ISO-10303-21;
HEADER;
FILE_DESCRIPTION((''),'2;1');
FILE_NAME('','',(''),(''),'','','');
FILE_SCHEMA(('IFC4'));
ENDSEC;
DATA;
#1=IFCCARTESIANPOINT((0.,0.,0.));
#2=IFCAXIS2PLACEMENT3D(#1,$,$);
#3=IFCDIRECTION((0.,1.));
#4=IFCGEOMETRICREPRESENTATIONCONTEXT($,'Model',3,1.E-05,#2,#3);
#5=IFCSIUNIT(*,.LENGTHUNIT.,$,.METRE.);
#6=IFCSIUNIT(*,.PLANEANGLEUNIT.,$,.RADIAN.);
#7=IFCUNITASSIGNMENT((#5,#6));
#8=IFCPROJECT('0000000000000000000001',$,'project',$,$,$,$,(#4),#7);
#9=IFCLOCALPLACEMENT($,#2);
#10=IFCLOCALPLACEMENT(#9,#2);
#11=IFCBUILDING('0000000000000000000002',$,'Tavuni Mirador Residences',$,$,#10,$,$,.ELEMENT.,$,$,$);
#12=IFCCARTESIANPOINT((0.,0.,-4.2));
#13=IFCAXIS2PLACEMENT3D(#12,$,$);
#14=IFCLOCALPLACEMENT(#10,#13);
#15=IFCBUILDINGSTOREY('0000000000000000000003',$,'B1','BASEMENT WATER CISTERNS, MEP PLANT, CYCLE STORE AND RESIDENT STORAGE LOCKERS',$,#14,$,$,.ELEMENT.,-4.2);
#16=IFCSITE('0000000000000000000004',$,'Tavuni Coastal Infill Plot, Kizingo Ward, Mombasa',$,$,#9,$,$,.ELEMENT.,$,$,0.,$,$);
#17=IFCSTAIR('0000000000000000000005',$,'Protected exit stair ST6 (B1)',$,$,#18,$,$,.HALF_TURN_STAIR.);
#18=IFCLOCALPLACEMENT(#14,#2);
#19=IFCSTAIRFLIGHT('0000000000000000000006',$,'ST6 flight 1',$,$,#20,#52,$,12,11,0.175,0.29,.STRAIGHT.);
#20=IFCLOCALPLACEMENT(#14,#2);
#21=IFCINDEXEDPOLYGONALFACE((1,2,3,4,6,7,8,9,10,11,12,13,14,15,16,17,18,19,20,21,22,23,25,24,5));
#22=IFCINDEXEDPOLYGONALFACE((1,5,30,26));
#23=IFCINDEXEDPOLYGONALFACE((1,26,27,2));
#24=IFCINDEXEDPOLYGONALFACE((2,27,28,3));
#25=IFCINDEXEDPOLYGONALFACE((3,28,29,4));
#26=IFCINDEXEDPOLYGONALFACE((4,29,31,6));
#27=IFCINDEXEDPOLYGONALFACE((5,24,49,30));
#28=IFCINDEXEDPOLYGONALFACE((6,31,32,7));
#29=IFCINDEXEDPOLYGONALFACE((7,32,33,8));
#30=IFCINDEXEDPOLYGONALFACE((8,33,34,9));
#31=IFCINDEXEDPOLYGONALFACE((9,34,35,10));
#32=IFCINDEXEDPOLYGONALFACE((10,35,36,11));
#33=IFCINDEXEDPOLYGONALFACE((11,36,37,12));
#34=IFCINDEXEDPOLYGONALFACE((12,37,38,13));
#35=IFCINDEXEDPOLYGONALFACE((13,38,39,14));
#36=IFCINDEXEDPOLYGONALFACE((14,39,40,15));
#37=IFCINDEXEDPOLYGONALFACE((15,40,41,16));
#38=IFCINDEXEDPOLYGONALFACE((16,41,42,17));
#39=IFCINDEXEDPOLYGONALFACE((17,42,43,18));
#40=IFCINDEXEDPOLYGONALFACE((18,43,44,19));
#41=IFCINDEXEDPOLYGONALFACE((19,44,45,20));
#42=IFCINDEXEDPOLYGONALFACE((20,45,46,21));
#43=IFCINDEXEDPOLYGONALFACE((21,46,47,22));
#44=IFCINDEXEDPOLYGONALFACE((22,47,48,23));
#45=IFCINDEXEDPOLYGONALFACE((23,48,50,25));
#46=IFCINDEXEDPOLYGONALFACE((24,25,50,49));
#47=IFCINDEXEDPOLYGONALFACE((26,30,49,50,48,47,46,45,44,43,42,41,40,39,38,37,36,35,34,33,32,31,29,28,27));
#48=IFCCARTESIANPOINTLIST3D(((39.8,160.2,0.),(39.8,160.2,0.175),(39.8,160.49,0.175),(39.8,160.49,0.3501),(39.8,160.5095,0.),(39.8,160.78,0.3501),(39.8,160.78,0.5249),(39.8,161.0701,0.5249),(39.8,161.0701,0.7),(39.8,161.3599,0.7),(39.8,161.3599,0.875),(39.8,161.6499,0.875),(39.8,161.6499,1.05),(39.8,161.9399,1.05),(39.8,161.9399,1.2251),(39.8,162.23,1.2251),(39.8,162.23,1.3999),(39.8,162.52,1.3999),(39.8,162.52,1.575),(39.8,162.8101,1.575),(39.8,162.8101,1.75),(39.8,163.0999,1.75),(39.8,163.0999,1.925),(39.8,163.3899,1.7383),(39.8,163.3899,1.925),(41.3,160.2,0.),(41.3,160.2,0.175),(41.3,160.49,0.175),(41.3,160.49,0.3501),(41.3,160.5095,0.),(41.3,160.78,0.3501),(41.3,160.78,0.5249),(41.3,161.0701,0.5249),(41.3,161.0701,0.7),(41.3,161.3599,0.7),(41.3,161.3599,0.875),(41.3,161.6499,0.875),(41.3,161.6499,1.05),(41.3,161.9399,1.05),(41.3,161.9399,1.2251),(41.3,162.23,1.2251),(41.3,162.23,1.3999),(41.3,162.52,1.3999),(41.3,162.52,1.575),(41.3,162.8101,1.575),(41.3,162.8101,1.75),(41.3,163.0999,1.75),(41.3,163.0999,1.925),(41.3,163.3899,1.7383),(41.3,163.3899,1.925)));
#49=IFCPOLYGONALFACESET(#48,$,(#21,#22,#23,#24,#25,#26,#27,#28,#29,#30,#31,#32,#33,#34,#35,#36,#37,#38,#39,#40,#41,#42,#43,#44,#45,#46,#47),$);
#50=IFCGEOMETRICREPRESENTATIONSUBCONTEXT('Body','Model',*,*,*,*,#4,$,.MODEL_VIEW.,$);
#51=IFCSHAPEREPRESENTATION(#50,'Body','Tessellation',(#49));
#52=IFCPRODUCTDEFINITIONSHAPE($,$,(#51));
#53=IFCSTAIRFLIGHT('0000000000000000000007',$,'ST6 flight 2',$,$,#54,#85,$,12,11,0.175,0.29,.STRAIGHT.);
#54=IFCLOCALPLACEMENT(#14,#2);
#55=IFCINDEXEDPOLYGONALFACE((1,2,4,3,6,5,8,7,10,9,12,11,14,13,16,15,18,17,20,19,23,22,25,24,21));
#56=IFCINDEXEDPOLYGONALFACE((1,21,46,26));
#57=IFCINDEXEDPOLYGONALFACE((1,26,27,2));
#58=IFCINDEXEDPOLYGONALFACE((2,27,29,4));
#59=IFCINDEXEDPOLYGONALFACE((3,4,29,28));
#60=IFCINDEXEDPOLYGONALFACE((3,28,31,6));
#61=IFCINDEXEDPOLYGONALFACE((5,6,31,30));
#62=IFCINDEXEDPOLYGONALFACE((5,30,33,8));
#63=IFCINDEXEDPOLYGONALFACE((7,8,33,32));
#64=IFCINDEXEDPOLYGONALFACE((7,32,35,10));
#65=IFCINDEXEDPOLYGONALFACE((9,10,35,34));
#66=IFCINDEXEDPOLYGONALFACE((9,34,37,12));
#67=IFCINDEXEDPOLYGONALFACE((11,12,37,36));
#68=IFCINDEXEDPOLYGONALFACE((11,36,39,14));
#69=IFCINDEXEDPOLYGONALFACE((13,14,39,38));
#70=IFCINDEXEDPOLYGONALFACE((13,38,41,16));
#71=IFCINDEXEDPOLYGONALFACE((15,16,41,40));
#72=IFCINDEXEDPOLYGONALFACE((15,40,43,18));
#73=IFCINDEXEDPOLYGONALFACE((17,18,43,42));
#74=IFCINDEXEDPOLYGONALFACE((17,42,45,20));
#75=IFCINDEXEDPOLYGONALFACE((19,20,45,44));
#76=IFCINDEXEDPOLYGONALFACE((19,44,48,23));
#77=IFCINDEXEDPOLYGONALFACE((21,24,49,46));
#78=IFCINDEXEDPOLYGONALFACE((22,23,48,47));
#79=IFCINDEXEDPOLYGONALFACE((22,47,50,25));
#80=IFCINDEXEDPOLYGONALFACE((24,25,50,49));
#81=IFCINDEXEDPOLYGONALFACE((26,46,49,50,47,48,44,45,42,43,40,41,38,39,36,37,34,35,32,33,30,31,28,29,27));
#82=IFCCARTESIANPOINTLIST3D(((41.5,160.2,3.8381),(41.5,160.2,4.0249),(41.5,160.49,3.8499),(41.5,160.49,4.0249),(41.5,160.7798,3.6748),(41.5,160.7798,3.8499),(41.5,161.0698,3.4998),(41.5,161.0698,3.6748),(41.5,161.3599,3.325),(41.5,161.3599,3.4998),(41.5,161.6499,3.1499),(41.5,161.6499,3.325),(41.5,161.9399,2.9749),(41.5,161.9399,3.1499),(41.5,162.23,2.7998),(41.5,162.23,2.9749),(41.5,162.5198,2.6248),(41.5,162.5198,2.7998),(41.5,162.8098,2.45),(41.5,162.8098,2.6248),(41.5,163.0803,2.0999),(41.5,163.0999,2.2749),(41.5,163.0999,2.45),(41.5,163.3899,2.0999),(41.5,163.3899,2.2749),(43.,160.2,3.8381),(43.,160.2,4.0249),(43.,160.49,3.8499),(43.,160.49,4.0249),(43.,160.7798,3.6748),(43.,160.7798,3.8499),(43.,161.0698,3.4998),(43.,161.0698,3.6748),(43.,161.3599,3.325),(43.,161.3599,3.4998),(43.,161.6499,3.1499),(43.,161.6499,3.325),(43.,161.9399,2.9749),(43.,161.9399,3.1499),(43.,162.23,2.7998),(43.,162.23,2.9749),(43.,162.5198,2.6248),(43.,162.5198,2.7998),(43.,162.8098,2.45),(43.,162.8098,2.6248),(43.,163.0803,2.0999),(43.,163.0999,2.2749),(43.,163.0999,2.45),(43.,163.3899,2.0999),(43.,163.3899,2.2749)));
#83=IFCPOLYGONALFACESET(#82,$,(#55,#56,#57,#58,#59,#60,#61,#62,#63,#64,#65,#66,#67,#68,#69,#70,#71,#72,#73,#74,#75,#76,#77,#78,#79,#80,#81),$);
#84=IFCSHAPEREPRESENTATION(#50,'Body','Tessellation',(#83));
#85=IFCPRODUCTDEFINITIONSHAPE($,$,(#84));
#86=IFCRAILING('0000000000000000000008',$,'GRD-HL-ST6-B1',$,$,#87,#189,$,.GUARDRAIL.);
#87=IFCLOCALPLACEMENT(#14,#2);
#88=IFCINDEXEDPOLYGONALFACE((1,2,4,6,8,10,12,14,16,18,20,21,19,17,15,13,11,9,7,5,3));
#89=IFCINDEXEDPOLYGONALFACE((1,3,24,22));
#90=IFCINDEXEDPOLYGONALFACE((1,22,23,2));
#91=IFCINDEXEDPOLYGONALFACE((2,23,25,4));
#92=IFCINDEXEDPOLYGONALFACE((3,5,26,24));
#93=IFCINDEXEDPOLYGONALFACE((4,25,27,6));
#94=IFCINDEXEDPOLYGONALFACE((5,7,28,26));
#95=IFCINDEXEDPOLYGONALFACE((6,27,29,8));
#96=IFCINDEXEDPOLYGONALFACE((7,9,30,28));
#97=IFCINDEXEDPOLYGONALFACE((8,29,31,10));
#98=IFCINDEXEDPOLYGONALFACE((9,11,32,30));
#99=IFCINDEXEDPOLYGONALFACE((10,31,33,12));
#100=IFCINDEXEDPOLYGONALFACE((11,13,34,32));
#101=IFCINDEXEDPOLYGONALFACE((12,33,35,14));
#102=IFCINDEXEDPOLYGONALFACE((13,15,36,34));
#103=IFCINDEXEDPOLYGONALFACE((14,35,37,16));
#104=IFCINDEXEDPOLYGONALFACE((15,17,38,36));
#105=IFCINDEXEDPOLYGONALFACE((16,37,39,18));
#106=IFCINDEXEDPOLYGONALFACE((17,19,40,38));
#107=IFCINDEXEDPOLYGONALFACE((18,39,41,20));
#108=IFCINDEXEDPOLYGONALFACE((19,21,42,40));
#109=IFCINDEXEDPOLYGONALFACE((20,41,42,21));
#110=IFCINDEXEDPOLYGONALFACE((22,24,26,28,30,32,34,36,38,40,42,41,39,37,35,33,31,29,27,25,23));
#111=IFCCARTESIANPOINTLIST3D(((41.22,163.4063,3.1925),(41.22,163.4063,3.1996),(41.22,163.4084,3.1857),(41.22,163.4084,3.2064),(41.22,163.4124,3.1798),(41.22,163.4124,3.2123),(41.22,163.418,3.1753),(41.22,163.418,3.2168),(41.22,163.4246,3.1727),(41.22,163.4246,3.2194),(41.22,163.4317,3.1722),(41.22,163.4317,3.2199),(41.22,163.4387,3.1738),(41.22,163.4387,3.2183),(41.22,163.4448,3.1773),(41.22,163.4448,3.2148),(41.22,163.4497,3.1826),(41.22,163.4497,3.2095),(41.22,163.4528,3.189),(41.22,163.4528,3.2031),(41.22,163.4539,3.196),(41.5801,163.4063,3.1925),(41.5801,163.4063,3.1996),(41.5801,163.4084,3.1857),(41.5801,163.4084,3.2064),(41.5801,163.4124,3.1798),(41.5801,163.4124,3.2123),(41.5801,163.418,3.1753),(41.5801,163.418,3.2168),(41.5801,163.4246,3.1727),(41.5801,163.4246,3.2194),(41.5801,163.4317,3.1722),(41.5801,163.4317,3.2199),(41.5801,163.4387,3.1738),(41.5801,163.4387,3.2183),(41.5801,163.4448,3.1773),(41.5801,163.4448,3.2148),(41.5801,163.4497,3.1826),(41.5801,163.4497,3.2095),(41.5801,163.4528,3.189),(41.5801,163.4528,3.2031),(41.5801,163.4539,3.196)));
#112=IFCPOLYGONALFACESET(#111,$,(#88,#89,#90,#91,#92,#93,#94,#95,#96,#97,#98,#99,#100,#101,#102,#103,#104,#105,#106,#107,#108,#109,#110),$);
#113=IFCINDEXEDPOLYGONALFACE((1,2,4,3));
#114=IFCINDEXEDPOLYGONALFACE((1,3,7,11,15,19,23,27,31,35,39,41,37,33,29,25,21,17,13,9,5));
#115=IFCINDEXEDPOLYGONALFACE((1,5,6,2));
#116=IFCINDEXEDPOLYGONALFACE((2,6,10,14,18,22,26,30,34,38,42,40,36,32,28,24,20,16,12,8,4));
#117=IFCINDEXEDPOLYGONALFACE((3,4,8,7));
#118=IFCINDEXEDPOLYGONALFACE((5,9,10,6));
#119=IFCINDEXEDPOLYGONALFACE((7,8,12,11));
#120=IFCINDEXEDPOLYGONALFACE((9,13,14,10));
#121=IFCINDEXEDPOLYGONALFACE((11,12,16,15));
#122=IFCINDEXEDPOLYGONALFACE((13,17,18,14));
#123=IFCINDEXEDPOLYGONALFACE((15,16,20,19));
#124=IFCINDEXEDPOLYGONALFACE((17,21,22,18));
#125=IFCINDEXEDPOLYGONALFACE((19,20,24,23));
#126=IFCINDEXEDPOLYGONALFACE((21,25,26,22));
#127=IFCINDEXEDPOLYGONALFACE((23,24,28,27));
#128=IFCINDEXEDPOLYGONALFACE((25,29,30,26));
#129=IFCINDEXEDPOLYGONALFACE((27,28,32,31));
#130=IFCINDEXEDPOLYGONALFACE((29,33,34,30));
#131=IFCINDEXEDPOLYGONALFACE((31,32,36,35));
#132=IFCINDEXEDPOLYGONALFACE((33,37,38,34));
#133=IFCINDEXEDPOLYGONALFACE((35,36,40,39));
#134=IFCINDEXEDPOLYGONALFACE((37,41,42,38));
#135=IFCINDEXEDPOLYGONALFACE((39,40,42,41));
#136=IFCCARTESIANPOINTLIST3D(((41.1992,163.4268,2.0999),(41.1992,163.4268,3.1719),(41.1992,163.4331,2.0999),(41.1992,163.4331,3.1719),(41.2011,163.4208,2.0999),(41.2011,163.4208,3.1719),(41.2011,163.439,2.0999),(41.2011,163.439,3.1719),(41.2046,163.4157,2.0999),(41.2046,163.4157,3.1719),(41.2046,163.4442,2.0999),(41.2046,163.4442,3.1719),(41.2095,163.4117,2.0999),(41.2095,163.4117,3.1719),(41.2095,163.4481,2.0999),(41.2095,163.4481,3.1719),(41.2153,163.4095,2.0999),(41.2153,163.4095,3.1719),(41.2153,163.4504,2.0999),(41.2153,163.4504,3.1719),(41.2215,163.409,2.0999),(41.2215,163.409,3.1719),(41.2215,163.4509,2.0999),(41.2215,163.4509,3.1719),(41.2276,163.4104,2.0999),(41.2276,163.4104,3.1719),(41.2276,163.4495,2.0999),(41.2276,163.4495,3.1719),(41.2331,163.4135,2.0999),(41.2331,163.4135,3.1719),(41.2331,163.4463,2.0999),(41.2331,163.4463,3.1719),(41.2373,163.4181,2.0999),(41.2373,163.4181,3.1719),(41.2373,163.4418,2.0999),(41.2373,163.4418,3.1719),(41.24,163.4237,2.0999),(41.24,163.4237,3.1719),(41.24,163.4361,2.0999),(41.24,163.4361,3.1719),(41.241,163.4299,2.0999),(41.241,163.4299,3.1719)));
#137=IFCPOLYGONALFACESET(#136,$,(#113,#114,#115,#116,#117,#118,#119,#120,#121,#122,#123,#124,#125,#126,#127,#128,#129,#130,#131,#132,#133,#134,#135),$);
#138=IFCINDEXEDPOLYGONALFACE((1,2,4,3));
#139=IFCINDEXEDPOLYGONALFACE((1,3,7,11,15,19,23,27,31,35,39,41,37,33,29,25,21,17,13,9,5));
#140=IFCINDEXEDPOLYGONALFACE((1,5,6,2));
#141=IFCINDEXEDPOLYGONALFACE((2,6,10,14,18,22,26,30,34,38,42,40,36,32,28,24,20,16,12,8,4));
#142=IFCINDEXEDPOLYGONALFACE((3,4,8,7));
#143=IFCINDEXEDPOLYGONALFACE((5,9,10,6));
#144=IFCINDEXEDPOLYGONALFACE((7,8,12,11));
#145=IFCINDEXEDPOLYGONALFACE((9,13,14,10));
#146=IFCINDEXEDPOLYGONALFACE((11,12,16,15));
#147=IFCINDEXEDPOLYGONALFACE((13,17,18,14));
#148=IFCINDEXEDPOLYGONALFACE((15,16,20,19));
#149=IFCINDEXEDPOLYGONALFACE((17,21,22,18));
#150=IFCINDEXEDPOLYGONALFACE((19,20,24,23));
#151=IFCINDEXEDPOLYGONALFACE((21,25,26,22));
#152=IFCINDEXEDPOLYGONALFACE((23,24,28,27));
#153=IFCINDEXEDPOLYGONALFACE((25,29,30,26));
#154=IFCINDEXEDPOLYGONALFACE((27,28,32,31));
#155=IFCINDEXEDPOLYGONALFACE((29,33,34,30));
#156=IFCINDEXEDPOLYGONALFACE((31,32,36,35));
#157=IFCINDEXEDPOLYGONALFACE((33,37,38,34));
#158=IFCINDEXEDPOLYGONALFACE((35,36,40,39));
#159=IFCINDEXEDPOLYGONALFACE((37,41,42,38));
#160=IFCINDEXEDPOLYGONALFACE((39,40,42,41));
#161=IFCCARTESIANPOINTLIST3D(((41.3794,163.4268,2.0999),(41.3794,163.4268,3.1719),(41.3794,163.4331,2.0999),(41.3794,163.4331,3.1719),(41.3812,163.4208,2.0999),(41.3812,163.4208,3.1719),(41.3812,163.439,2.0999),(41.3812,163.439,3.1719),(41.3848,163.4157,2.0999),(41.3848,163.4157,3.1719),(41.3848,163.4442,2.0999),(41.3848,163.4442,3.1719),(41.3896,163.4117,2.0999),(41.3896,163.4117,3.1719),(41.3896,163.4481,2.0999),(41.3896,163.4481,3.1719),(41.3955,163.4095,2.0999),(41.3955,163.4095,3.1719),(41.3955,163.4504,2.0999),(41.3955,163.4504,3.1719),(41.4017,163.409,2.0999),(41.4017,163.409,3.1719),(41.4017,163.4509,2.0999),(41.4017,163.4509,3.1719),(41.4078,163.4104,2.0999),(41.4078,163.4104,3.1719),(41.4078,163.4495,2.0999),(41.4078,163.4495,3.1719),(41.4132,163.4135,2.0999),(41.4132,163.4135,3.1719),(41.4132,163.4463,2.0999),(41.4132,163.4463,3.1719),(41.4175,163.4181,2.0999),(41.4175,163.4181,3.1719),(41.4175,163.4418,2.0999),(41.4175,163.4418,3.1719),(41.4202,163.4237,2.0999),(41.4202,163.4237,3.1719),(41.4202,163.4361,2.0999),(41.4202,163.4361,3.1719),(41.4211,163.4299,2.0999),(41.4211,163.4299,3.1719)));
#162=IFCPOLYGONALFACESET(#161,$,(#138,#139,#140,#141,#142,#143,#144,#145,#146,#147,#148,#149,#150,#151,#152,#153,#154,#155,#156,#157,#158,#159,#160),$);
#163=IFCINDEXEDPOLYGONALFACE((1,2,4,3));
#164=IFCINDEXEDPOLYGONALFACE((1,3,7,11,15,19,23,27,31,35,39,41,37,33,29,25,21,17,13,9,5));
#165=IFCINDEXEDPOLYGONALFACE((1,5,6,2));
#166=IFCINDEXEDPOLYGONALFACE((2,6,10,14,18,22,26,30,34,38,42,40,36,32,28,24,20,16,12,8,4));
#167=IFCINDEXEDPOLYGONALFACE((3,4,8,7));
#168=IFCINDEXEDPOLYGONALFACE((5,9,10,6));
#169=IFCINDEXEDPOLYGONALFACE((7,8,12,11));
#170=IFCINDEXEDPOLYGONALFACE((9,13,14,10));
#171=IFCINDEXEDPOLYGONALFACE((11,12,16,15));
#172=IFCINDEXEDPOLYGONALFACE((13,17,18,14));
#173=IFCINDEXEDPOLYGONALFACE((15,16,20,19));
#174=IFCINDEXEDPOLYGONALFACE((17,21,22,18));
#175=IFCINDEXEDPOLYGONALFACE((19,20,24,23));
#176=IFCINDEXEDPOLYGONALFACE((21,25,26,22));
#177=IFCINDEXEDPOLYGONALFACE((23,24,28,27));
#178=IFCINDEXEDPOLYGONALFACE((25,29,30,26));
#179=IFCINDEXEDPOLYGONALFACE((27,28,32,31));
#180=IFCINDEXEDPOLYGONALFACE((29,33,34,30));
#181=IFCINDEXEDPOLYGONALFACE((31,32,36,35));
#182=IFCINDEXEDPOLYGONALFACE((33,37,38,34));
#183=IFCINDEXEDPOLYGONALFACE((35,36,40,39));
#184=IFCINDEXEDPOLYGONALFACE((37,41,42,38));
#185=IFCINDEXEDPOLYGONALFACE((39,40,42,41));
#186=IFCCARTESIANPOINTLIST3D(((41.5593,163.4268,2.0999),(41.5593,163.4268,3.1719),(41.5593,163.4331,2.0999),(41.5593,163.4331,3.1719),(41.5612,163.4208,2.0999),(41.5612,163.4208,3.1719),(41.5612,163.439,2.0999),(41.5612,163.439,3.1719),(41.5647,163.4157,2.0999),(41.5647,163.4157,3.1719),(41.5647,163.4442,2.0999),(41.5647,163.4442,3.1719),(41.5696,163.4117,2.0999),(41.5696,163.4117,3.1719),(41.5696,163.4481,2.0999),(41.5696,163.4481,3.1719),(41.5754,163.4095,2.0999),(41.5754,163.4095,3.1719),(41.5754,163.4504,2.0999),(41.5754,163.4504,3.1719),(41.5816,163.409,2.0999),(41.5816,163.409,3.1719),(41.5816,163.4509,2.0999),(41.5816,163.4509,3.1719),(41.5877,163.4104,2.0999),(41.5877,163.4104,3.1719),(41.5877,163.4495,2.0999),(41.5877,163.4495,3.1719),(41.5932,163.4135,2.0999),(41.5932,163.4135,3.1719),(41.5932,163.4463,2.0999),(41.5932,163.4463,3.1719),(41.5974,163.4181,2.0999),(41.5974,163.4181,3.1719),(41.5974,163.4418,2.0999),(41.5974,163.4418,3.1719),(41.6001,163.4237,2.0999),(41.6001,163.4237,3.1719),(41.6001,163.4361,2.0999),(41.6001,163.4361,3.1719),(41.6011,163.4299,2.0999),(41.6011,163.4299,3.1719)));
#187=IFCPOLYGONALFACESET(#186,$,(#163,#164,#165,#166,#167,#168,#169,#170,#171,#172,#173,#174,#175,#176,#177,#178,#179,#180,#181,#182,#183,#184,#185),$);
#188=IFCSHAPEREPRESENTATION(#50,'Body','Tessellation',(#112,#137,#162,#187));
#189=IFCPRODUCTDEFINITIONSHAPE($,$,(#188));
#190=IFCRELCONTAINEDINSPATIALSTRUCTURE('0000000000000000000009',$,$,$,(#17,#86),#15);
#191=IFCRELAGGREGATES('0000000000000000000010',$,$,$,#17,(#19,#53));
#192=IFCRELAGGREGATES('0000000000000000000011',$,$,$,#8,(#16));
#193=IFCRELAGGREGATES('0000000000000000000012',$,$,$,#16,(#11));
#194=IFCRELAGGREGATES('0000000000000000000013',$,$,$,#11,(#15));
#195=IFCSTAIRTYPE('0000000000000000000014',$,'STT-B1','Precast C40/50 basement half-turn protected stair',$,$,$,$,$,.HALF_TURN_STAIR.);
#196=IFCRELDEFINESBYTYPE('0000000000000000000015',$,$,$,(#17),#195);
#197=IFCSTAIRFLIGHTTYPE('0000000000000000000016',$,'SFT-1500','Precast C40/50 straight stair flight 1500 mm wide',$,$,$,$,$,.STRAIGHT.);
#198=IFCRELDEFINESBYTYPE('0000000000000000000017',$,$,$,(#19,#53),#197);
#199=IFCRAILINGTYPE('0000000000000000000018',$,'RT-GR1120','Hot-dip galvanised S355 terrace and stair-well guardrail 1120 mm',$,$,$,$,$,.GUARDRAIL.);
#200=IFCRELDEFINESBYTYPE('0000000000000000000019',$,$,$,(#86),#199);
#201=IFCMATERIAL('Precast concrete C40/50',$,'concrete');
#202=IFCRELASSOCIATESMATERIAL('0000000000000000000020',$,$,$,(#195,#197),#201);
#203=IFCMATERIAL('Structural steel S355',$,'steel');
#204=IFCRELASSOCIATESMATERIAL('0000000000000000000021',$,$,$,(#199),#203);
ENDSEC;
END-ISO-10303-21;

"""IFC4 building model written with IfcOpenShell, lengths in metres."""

from ifc_helpers import new_model, si_unit, direction, frame, origin, origin_2d, place, context, subcontext, project, spatial, polyline, circle, outline, extrude, material, type_object, element, aggregate, save


model = new_model("IFC4")

# Units and contexts
model_context = context("Model", 3, precision=1e-05, world=origin(), true_north=direction((0.0, 1.0)))
body_context = subcontext(model_context, "Body", "Model", "MODEL_VIEW")
ifc_project = project(units=[si_unit("LENGTHUNIT", "METRE"), si_unit("PLANEANGLEUNIT", "RADIAN")], contexts=[model_context])

# Site, building, storey
site_placement = place(None, origin())
site = spatial("IfcSite", under=ifc_project, at=site_placement, Name="Tavuni Coastal Infill Plot, Kizingo Ward, Mombasa", CompositionType="ELEMENT", RefElevation=0.0)
building_placement = place(site_placement, origin())
building = spatial("IfcBuilding", under=site, at=building_placement, Name="Tavuni Mirador Residences", CompositionType="ELEMENT")
storey_placement = place(building_placement, frame((0.0, 0.0, -4.2)))
storey = spatial("IfcBuildingStorey", under=building, at=storey_placement, Name="B1", Description="BASEMENT WATER CISTERNS, MEP PLANT, CYCLE STORE AND RESIDENT STORAGE LOCKERS", CompositionType="ELEMENT", Elevation=-4.2)

# Shared definitions
ifc_material_1 = material(Name="Precast concrete C40/50", Category="concrete")

# Shared definitions
ifc_material_2 = material(Name="Structural steel S355", Category="steel")

# Stair, stair flights
stair_type = type_object("IfcStairType", Name="STT-B1", Description="Precast C40/50 basement half-turn protected stair", PredefinedType="HALF_TURN_STAIR", material=ifc_material_1)
stair_placement = place(storey_placement, origin())
stair = element("IfcStair", 1, at=stair_placement, inside=storey, type_object=stair_type, Name="Protected exit stair ST6 (B1)", PredefinedType="HALF_TURN_STAIR")
stair_flight_type = type_object("IfcStairFlightType", Name="SFT-1500", Description="Precast C40/50 straight stair flight 1500 mm wide", PredefinedType="STRAIGHT", material=ifc_material_1)
stair_flight_1_placement = place(storey_placement, frame((40.55, 160.2, 0.0), z_axis=(0.0, 0.0, 1.0), x_axis=(0.0, 1.0, 0.0)))
stair_flight_1 = element("IfcStairFlight", 2, at=stair_flight_1_placement, type_object=stair_flight_type, Name="ST6 flight 1", NumberOfRisers=12, NumberOfTreads=11, PredefinedType="STRAIGHT", RiserHeight=0.175, TreadLength=0.29, context=body_context, shape_type="SweptSolid", body=[
    extrude(outline(polyline([(0.0, 0.0), (0.0, 0.175), (0.29, 0.175), (0.29, 0.3501), (0.5801, 0.3501), (0.5801, 0.5249), (0.8701, 0.5249), (0.8701, 0.7), (1.1599, 0.7), (1.1599, 0.875), (1.45, 0.875), (1.45, 1.05), (1.74, 1.05), (1.74, 1.2251), (2.03, 1.2251), (2.03, 1.3999), (2.3201, 1.3999), (2.3201, 1.575), (2.6101, 1.575), (2.6101, 1.75), (2.8999, 1.75), (2.8999, 1.925), (3.1899, 1.925), (3.1899, 2.1001), (3.1899, 1.7383), (0.3096, 0.0), (0.0, 0.0)])), frame((0.0, 0.75, 0.0), z_axis=(0.0, -1.0, 0.0), x_axis=(1.0, 0.0, 0.0)), (0.0, 0.0, 1.0), 1.5),
])
stair_flight_2_placement = place(storey_placement, frame((42.25, 163.3899, 2.0999), z_axis=(0.0, 0.0, 1.0), x_axis=(0.0, -1.0, 0.0)))
stair_flight_2 = element("IfcStairFlight", 3, at=stair_flight_2_placement, type_object=stair_flight_type, Name="ST6 flight 2", NumberOfRisers=12, NumberOfTreads=11, PredefinedType="STRAIGHT", RiserHeight=0.175, TreadLength=0.29, context=body_context, shape_type="SweptSolid", body=[
    extrude(outline(polyline([(0.0, 0.0), (0.0, 0.175), (0.29, 0.175), (0.29, 0.3501), (0.5801, 0.3501), (0.5801, 0.5249), (0.8701, 0.5249), (0.8701, 0.7), (1.1599, 0.7), (1.1599, 0.875), (1.45, 0.875), (1.45, 1.05), (1.74, 1.05), (1.74, 1.2251), (2.03, 1.2251), (2.03, 1.3999), (2.3201, 1.3999), (2.3201, 1.575), (2.6101, 1.575), (2.6101, 1.75), (2.8999, 1.75), (2.8999, 1.925), (3.1899, 1.925), (3.1899, 2.1001), (3.1899, 1.7383), (0.3096, 0.0), (0.0, 0.0)])), frame((0.0, 0.75, 0.0), z_axis=(0.0, -1.0, 0.0), x_axis=(1.0, 0.0, 0.0)), (0.0, 0.0, 1.0), 1.5),
])
aggregate(stair, [stair_flight_1, stair_flight_2])

# Railing
railing_type_1 = type_object("IfcRailingType", Name="RT-GR1120", Description="Hot-dip galvanised S355 terrace and stair-well guardrail 1120 mm", PredefinedType="GUARDRAIL", material=ifc_material_2)
railing_1_placement = place(storey_placement, frame((41.22, 163.4299, 2.0999)))
element("IfcRailing", 4, at=railing_1_placement, inside=storey, type_object=railing_type_1, Name="GRD-HL-ST6-B1", PredefinedType="GUARDRAIL", context=body_context, shape_type="SweptSolid", body=[
    extrude(circle(Radius=0.0239, at=origin_2d()), frame((0.0, 0.0, 1.0962), z_axis=(1.0, 0.0, 0.0), x_axis=(0.0, 1.0, 0.0)), (0.0, 0.0, 1.0), 0.3601),
    extrude(circle(Radius=0.021, at=origin_2d()), origin(), (0.0, 0.0, 1.0), 1.072),
    extrude(circle(Radius=0.021, at=origin_2d()), frame((0.1802, 0.0, 0.0)), (0.0, 0.0, 1.0), 1.072),
    extrude(circle(Radius=0.021, at=origin_2d()), frame((0.3601, 0.0, 0.0)), (0.0, 0.0, 1.0), 1.072),
])

save(model, "model.ifc")
